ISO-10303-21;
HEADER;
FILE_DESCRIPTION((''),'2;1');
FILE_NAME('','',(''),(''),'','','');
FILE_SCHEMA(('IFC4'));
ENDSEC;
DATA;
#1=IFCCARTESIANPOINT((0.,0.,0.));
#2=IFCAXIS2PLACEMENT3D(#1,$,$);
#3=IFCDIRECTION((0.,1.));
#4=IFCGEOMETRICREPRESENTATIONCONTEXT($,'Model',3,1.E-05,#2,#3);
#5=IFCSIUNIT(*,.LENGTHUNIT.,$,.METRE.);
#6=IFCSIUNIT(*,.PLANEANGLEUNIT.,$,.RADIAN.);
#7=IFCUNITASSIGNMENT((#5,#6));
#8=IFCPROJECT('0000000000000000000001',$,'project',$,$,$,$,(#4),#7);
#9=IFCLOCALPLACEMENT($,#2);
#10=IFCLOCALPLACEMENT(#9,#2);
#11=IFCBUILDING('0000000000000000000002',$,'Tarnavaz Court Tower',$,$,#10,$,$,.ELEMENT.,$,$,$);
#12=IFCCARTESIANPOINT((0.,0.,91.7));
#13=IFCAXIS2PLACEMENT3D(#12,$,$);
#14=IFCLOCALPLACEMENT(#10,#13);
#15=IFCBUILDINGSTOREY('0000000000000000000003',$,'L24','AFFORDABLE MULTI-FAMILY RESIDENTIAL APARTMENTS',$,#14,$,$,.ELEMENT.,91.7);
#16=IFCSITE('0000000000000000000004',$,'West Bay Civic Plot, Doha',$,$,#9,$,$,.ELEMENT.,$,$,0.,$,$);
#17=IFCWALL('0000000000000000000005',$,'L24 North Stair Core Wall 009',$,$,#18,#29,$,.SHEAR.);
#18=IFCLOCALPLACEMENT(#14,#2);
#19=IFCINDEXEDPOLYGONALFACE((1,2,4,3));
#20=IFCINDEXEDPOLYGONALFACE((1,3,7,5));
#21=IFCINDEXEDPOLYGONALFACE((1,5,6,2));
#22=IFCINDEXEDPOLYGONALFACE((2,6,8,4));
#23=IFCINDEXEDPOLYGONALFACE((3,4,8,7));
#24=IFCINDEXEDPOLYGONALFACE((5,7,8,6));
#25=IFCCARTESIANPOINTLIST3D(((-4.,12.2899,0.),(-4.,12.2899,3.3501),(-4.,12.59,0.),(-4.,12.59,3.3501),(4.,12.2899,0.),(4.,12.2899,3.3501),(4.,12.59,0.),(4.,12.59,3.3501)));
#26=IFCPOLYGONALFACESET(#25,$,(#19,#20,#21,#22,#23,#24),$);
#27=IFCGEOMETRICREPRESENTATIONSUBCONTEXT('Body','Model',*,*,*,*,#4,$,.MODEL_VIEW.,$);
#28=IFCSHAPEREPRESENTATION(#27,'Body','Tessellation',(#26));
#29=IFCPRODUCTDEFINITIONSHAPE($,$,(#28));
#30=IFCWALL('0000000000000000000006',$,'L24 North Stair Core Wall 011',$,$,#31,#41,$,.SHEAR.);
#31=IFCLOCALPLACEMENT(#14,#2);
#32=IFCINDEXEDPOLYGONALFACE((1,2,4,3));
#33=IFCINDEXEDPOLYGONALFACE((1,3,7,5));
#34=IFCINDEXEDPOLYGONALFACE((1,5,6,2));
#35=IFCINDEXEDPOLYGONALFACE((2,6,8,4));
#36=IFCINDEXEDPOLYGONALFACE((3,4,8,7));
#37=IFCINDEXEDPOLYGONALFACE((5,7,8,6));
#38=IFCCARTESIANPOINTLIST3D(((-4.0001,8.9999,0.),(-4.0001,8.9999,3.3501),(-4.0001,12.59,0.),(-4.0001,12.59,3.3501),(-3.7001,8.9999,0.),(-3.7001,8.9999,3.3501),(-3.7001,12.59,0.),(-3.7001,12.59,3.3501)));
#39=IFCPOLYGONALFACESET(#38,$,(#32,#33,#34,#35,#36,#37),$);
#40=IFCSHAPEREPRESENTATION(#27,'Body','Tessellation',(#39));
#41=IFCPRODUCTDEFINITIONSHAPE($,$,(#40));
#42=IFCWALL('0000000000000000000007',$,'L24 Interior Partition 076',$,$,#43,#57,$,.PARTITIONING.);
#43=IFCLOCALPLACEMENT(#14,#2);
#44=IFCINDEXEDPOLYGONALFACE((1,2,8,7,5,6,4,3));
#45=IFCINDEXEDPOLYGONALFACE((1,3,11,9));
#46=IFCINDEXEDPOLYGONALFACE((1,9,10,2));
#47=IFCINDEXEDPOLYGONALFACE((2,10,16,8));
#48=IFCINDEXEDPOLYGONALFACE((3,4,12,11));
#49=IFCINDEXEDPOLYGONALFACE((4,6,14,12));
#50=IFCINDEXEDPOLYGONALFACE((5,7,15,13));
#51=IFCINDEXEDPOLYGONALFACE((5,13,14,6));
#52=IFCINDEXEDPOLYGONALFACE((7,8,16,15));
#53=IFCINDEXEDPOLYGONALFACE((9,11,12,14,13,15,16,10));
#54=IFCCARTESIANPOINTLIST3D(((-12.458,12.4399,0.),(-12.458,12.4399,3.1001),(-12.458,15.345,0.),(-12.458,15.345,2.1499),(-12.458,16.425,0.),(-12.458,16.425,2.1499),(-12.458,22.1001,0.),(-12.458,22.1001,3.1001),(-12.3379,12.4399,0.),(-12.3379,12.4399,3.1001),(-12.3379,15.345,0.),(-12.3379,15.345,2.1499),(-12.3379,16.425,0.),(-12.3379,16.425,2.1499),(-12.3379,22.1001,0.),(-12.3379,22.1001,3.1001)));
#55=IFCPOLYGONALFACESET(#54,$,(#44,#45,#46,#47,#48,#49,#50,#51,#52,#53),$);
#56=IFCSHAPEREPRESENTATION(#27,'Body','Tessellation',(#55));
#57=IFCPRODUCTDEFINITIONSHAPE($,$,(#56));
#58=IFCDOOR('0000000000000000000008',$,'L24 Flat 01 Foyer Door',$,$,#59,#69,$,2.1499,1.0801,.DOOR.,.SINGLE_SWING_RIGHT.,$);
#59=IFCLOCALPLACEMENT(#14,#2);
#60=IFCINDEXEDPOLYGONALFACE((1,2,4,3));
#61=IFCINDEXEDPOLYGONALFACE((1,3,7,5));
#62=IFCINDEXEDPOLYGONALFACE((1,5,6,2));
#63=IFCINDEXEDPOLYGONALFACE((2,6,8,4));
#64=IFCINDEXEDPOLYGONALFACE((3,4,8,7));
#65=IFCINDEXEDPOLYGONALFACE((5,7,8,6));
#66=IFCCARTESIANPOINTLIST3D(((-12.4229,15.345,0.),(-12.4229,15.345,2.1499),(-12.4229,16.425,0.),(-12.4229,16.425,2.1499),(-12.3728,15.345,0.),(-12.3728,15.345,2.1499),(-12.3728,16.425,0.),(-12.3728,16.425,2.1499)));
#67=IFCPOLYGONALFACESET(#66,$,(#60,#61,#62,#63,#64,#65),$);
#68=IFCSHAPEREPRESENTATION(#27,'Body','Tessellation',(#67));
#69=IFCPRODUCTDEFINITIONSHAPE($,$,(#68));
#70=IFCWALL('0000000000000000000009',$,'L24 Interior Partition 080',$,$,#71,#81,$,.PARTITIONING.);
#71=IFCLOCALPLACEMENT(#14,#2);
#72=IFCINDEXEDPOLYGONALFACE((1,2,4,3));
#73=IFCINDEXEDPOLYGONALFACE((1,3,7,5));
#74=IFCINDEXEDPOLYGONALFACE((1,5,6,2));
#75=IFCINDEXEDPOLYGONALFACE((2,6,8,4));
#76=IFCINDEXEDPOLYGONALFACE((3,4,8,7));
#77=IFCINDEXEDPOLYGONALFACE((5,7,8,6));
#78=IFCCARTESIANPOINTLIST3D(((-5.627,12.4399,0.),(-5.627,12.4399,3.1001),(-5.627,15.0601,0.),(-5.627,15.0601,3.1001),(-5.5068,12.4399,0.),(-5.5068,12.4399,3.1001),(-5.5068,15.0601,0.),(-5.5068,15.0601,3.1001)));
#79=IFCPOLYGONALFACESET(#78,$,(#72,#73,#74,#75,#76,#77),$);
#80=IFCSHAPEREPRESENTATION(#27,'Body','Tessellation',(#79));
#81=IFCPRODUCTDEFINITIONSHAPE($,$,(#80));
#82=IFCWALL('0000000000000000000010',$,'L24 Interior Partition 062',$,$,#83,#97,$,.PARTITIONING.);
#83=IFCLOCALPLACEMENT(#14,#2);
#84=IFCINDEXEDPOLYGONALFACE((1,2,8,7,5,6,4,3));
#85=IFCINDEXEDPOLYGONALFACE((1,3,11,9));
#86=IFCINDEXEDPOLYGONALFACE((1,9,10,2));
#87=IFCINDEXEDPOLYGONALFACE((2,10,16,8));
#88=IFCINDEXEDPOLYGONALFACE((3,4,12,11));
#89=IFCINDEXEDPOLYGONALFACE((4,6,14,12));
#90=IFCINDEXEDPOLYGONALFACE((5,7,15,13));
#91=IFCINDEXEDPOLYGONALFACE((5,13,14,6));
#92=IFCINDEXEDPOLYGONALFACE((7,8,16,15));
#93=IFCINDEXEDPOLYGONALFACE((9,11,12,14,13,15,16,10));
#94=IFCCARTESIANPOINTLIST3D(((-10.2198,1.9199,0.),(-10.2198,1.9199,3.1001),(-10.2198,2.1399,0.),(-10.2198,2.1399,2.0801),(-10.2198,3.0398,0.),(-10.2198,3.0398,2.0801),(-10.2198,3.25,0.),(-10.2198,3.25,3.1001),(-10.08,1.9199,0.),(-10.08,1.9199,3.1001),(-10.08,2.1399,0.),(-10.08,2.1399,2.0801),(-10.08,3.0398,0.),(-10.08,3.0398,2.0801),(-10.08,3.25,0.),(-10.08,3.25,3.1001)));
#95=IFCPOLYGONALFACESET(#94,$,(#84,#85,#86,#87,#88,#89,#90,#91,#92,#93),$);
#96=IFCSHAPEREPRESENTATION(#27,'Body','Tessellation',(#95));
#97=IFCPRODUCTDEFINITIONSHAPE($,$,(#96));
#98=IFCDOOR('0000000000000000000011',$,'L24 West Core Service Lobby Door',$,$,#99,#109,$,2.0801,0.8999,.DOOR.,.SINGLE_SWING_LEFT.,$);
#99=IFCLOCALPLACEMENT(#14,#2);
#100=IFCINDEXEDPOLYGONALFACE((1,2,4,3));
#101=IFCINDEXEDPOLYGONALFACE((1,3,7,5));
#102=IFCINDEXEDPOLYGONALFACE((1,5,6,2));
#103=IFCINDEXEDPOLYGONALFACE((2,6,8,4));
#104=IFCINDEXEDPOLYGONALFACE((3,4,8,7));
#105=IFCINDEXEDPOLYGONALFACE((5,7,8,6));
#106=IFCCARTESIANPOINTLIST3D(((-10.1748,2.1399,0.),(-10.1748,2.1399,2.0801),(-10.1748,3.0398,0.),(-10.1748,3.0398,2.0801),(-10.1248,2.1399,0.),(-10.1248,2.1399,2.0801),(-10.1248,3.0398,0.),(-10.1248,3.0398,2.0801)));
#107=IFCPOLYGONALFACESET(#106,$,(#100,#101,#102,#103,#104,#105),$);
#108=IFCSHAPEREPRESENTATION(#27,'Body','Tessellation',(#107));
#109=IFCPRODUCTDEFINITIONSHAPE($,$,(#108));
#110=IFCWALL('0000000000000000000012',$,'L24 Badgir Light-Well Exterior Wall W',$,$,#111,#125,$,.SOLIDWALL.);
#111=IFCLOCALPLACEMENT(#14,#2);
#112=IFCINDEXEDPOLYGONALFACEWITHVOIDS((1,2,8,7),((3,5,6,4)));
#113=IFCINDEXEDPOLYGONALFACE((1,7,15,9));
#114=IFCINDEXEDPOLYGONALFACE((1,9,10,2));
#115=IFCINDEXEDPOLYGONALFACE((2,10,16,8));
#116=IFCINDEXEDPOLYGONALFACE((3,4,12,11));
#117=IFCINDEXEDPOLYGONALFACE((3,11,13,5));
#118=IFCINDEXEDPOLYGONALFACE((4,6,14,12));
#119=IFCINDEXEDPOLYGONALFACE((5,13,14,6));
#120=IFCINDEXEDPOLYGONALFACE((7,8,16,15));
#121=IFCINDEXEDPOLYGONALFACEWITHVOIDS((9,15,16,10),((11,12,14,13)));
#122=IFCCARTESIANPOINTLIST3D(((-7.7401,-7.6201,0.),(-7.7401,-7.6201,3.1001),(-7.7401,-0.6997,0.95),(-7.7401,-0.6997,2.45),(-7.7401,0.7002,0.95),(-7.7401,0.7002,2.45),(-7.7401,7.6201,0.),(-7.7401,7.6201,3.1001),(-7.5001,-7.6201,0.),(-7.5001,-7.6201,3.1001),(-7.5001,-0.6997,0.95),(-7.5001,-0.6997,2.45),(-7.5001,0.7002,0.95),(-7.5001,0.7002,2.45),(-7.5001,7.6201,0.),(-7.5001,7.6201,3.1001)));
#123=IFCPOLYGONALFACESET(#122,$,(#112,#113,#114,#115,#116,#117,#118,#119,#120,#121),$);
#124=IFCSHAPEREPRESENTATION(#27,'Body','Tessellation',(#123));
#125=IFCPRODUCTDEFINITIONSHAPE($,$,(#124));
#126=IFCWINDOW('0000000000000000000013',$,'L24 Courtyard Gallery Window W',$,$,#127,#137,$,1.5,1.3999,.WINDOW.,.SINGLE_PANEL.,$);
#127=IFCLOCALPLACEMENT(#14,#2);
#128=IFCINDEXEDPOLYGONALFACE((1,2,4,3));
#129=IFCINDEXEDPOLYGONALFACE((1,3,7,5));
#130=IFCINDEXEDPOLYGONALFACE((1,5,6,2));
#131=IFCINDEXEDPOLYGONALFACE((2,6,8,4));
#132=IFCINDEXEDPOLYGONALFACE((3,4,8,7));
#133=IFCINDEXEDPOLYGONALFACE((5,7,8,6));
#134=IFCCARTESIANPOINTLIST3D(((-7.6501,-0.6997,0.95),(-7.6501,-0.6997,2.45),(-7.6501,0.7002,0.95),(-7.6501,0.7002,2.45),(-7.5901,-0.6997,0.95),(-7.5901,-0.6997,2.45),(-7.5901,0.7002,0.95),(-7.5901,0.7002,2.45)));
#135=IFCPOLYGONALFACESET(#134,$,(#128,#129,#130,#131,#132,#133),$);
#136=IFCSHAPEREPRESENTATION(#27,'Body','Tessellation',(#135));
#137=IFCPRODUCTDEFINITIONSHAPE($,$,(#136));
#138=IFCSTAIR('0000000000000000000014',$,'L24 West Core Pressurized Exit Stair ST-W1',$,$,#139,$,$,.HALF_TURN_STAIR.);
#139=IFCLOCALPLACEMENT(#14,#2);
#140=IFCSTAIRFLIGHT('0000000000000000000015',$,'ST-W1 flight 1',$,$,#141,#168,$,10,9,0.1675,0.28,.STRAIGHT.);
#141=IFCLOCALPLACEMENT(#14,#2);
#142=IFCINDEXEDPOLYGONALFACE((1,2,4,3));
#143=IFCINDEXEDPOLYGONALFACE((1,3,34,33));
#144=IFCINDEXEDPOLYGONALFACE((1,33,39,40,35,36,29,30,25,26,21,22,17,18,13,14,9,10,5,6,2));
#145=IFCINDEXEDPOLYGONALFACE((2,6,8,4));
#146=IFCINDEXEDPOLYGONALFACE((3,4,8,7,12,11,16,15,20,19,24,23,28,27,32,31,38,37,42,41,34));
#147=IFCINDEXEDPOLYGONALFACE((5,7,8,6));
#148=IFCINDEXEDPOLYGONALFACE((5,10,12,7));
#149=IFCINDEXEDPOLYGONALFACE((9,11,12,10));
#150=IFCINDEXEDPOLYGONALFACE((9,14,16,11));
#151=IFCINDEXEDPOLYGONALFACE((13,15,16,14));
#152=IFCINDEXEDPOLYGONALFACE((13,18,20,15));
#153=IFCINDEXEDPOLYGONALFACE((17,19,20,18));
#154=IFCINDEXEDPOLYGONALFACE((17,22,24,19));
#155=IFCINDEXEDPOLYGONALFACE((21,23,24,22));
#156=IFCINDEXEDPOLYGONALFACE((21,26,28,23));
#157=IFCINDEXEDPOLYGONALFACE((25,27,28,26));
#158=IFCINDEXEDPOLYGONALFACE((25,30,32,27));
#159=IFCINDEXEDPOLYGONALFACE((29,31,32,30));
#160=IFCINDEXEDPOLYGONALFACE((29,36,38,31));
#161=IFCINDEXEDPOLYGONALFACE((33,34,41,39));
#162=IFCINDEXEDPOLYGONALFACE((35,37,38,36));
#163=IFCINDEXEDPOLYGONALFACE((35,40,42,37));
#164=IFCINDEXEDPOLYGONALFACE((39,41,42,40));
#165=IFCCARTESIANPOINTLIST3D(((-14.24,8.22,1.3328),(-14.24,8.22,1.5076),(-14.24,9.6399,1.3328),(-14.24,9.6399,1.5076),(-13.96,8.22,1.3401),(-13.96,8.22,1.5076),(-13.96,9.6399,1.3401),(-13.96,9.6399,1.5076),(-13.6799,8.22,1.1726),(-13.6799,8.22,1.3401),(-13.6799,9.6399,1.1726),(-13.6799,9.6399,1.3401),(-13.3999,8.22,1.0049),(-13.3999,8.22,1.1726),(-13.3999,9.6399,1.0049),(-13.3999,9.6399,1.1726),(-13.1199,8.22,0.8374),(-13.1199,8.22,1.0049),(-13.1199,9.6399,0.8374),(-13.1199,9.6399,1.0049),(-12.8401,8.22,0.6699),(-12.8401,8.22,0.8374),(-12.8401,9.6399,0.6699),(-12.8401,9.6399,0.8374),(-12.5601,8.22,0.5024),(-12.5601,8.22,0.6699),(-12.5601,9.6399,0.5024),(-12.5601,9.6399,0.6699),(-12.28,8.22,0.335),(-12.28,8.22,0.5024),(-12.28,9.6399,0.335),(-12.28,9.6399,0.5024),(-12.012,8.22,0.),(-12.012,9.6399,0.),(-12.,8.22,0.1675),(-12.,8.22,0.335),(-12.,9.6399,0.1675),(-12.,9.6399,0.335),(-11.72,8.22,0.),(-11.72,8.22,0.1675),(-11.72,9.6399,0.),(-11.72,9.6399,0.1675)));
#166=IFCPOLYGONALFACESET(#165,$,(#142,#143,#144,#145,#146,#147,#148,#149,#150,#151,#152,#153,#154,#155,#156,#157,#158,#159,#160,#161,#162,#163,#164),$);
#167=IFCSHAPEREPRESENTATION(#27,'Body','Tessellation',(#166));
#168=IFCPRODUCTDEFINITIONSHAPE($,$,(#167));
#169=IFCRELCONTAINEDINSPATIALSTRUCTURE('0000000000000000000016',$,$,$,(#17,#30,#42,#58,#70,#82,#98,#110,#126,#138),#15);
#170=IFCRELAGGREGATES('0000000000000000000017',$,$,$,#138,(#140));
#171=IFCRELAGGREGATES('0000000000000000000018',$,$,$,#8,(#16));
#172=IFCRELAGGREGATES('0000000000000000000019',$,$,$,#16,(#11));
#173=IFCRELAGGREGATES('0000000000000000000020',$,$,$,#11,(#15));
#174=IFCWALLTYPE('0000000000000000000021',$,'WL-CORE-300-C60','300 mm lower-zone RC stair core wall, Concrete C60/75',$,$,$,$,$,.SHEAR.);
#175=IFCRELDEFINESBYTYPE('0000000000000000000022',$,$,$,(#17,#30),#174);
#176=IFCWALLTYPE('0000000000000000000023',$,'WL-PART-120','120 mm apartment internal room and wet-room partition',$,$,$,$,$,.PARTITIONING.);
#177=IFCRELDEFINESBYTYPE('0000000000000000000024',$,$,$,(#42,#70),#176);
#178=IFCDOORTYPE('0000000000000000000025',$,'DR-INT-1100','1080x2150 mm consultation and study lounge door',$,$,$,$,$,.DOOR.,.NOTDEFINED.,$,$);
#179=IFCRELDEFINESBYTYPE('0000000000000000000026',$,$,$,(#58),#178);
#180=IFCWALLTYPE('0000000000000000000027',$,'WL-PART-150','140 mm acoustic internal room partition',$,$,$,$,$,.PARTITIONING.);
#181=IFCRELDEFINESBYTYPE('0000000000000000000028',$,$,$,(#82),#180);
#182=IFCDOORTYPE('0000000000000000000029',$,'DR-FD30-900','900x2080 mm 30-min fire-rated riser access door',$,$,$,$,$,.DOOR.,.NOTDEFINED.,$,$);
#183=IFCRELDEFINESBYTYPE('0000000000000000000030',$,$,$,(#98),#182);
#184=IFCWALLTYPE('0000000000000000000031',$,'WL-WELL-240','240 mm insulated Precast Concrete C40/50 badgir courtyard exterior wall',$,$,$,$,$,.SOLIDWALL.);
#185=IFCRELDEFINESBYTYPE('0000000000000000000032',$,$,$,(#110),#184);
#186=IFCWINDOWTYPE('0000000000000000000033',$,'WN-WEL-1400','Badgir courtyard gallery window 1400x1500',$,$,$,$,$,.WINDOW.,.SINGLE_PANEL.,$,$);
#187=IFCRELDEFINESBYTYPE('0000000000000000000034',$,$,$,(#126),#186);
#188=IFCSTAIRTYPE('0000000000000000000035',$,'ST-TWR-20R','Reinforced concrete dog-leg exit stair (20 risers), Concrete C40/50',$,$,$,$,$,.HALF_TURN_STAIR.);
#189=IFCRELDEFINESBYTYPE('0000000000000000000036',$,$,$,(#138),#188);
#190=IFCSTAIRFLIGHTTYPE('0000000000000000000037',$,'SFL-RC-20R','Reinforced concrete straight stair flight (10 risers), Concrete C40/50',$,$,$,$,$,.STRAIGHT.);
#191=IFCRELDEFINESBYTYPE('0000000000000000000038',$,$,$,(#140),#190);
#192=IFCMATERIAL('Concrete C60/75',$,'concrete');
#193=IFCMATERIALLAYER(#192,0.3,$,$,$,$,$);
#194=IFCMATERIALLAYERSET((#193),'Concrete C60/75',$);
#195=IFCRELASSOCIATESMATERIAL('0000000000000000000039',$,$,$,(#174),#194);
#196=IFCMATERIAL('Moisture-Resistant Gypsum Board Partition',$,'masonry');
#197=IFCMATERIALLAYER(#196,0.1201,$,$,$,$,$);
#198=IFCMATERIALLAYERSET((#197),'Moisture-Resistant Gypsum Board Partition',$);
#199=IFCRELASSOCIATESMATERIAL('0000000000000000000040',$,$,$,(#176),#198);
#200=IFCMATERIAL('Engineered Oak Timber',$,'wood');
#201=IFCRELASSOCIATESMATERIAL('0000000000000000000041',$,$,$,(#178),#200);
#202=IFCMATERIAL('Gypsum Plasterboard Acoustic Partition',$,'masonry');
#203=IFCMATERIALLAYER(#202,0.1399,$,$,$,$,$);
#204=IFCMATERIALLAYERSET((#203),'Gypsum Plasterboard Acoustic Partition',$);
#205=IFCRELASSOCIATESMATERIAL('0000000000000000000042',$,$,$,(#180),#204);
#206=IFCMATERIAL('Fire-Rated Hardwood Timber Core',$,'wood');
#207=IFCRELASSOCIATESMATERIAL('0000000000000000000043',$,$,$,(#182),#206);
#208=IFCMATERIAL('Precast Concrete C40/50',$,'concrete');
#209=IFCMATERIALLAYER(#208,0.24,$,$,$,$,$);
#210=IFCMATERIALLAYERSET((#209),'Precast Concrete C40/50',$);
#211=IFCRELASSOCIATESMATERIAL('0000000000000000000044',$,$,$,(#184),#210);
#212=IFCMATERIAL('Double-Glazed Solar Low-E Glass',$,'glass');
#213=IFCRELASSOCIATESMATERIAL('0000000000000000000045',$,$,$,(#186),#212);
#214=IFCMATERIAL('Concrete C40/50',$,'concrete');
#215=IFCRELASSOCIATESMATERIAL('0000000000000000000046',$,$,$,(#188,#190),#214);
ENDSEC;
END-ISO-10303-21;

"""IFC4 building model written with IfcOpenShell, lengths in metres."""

from ifc_helpers import new_model, si_unit, direction, frame, frame_2d, origin, place, context, subcontext, project, spatial, polyline, rectangle, outline, extrude, material, layer, layer_set, type_object, element, fill, aggregate, save


model = new_model("IFC4")

# Units and contexts
model_context = context("Model", 3, precision=1e-05, world=origin(), true_north=direction((0.0, 1.0)))
body_context = subcontext(model_context, "Body", "Model", "MODEL_VIEW")
ifc_project = project(units=[si_unit("LENGTHUNIT", "METRE"), si_unit("PLANEANGLEUNIT", "RADIAN")], contexts=[model_context])

# Site, building, storey
site_placement = place(None, origin())
site = spatial("IfcSite", under=ifc_project, at=site_placement, Name="West Bay Civic Plot, Doha", CompositionType="ELEMENT", RefElevation=0.0)
building_placement = place(site_placement, origin())
building = spatial("IfcBuilding", under=site, at=building_placement, Name="Tarnavaz Court Tower", CompositionType="ELEMENT")
storey_placement = place(building_placement, frame((0.0, 0.0, 91.7)))
storey = spatial("IfcBuildingStorey", under=building, at=storey_placement, Name="L24", Description="AFFORDABLE MULTI-FAMILY RESIDENTIAL APARTMENTS", CompositionType="ELEMENT", Elevation=91.7)

# Shared definitions
ifc_material_1 = material(Name="Concrete C60/75", Category="concrete")

# Wall
ifc_layer_1 = layer(ifc_material_1, 0.3)
ifc_layer_set_1 = layer_set([ifc_layer_1], Name="Concrete C60/75")
wall_type_1 = type_object("IfcWallType", Name="WL-CORE-300-C60", Description="300 mm lower-zone RC stair core wall, Concrete C60/75", PredefinedType="SHEAR", material=ifc_layer_set_1)
wall_1_placement = place(storey_placement, frame((-4.0, 12.4399, 0.0), z_axis=(0.0, 0.0, 1.0), x_axis=(1.0, 0.0, 0.0)))
element("IfcWall", 1, at=wall_1_placement, inside=storey, type_object=wall_type_1, Name="L24 North Stair Core Wall 009", PredefinedType="SHEAR", context=body_context, shape_type="SweptSolid", body=[
    extrude(rectangle(XDim=8.0, YDim=0.3, at=frame_2d((4.0, 0.0))), origin(), (0.0, 0.0, 1.0), 3.3501),
])

# Shared definitions
ifc_material_2 = material(Name="Fire-Rated Hardwood Timber Core", Category="wood")

# Wall
wall_2_placement = place(storey_placement, frame((-3.8501, 9.0, 0.0), z_axis=(0.0, 0.0, 1.0), x_axis=(0.0, 1.0, 0.0)))
element("IfcWall", 2, at=wall_2_placement, inside=storey, type_object=wall_type_1, Name="L24 North Stair Core Wall 011", PredefinedType="SHEAR", context=body_context, shape_type="SweptSolid", body=[
    extrude(rectangle(XDim=3.5901, YDim=0.3, at=frame_2d((1.7949, 0.0))), origin(), (0.0, 0.0, 1.0), 3.3501),
])

# Wall, opening, door
ifc_material_3 = material(Name="Moisture-Resistant Gypsum Board Partition", Category="masonry")
ifc_layer_2 = layer(ifc_material_3, 0.1201)
ifc_layer_set_2 = layer_set([ifc_layer_2], Name="Moisture-Resistant Gypsum Board Partition")
wall_type_2 = type_object("IfcWallType", Name="WL-PART-120", Description="120 mm apartment internal room and wet-room partition", PredefinedType="PARTITIONING", material=ifc_layer_set_2)
wall_3_placement = place(storey_placement, frame((-12.3979, 12.4399, 0.0), z_axis=(0.0, 0.0, 1.0), x_axis=(0.0, 1.0, 0.0)))
wall_3 = element("IfcWall", 3, at=wall_3_placement, inside=storey, type_object=wall_type_2, Name="L24 Interior Partition 076", PredefinedType="PARTITIONING", context=body_context, shape_type="SweptSolid", body=[
    extrude(rectangle(XDim=9.6602, YDim=0.1201, at=frame_2d((4.8301, 0.0))), origin(), (0.0, 0.0, 1.0), 3.1001),
])
opening_1_placement = place(wall_3_placement, frame((2.905, 0.0, 0.0)))
opening_1 = element("IfcOpeningElement", 4, at=opening_1_placement, cuts=wall_3, PredefinedType="OPENING", context=body_context, shape_type="SweptSolid", body=[
    extrude(rectangle(XDim=1.0801, YDim=2.1499, at=frame_2d((0.54, 1.075))), frame((0.0, 0.0701, 0.0), z_axis=(0.0, -1.0, 0.0), x_axis=(1.0, 0.0, 0.0)), (0.0, 0.0, 1.0), 0.1401),
])
ifc_material_4 = material(Name="Engineered Oak Timber", Category="wood")
door_type_1 = type_object("IfcDoorType", Name="DR-INT-1100", Description="1080x2150 mm consultation and study lounge door", OperationType="NOTDEFINED", PredefinedType="DOOR", material=ifc_material_4)
door_1_placement = place(opening_1_placement, origin())
door_1 = element("IfcDoor", 5, at=door_1_placement, inside=storey, type_object=door_type_1, Name="L24 Flat 01 Foyer Door", OperationType="SINGLE_SWING_RIGHT", OverallHeight=2.1499, OverallWidth=1.0801, PredefinedType="DOOR", context=body_context, shape_type="SweptSolid", body=[
    extrude(rectangle(XDim=1.0801, YDim=2.1499, at=frame_2d((0.54, 1.075))), frame((0.0, 0.0249, 0.0), z_axis=(0.0, -1.0, 0.0), x_axis=(1.0, 0.0, 0.0)), (0.0, 0.0, 1.0), 0.05),
])
fill(opening_1, door_1)

# Wall
wall_4_placement = place(storey_placement, frame((-5.5669, 12.4399, 0.0), z_axis=(0.0, 0.0, 1.0), x_axis=(0.0, 1.0, 0.0)))
element("IfcWall", 6, at=wall_4_placement, inside=storey, type_object=wall_type_2, Name="L24 Interior Partition 080", PredefinedType="PARTITIONING", context=body_context, shape_type="SweptSolid", body=[
    extrude(rectangle(XDim=2.6201, YDim=0.1201, at=frame_2d((1.3101, 0.0))), origin(), (0.0, 0.0, 1.0), 3.1001),
])

# Wall, opening, door
ifc_material_5 = material(Name="Gypsum Plasterboard Acoustic Partition", Category="masonry")
ifc_layer_3 = layer(ifc_material_5, 0.1399)
ifc_layer_set_3 = layer_set([ifc_layer_3], Name="Gypsum Plasterboard Acoustic Partition")
wall_type_3 = type_object("IfcWallType", Name="WL-PART-150", Description="140 mm acoustic internal room partition", PredefinedType="PARTITIONING", material=ifc_layer_set_3)
wall_5_placement = place(storey_placement, frame((-10.1499, 1.9199, 0.0), z_axis=(0.0, 0.0, 1.0), x_axis=(0.0, 1.0, 0.0)))
wall_5 = element("IfcWall", 7, at=wall_5_placement, inside=storey, type_object=wall_type_3, Name="L24 Interior Partition 062", PredefinedType="PARTITIONING", context=body_context, shape_type="SweptSolid", body=[
    extrude(rectangle(XDim=1.3301, YDim=0.1399, at=frame_2d((0.665, 0.0))), origin(), (0.0, 0.0, 1.0), 3.1001),
])
opening_2_placement = place(wall_5_placement, frame((0.22, 0.0, 0.0)))
opening_2 = element("IfcOpeningElement", 8, at=opening_2_placement, cuts=wall_5, PredefinedType="OPENING", context=body_context, shape_type="SweptSolid", body=[
    extrude(rectangle(XDim=0.8999, YDim=2.0801, at=frame_2d((0.45, 1.04))), frame((0.0, 0.0798, 0.0), z_axis=(0.0, -1.0, 0.0), x_axis=(1.0, 0.0, 0.0)), (0.0, 0.0, 1.0), 0.1599),
])
door_type_2 = type_object("IfcDoorType", Name="DR-FD30-900", Description="900x2080 mm 30-min fire-rated riser access door", OperationType="NOTDEFINED", PredefinedType="DOOR", material=ifc_material_2)
door_2_placement = place(opening_2_placement, origin())
door_2 = element("IfcDoor", 9, at=door_2_placement, inside=storey, type_object=door_type_2, Name="L24 West Core Service Lobby Door", OperationType="SINGLE_SWING_LEFT", OverallHeight=2.0801, OverallWidth=0.8999, PredefinedType="DOOR", context=body_context, shape_type="SweptSolid", body=[
    extrude(rectangle(XDim=0.8999, YDim=2.0801, at=frame_2d((0.45, 1.04))), frame((0.0, 0.0249, 0.0), z_axis=(0.0, -1.0, 0.0), x_axis=(1.0, 0.0, 0.0)), (0.0, 0.0, 1.0), 0.05),
])
fill(opening_2, door_2)

# Wall, opening, window
ifc_material_6 = material(Name="Precast Concrete C40/50", Category="concrete")
ifc_layer_4 = layer(ifc_material_6, 0.24)
ifc_layer_set_4 = layer_set([ifc_layer_4], Name="Precast Concrete C40/50")
wall_type_4 = type_object("IfcWallType", Name="WL-WELL-240", Description="240 mm insulated Precast Concrete C40/50 badgir courtyard exterior wall", PredefinedType="SOLIDWALL", material=ifc_layer_set_4)
wall_6_placement = place(storey_placement, frame((-7.6201, 7.6201, 0.0), z_axis=(0.0, 0.0, 1.0), x_axis=(0.0, -1.0, 0.0)))
wall_6 = element("IfcWall", 10, at=wall_6_placement, inside=storey, type_object=wall_type_4, Name="L24 Badgir Light-Well Exterior Wall W", PredefinedType="SOLIDWALL", context=body_context, shape_type="SweptSolid", body=[
    extrude(rectangle(XDim=15.2402, YDim=0.24, at=frame_2d((7.6201, 0.0))), origin(), (0.0, 0.0, 1.0), 3.1001),
])
opening_3_placement = place(wall_6_placement, frame((6.9199, 0.0, 0.95)))
opening_3 = element("IfcOpeningElement", 11, at=opening_3_placement, cuts=wall_6, PredefinedType="OPENING", context=body_context, shape_type="SweptSolid", body=[
    extrude(rectangle(XDim=1.3999, YDim=1.5, at=frame_2d((0.7, 0.75))), frame((0.0, 0.1299, 0.0), z_axis=(0.0, -1.0, 0.0), x_axis=(1.0, 0.0, 0.0)), (0.0, 0.0, 1.0), 0.26),
])
ifc_material_7 = material(Name="Double-Glazed Solar Low-E Glass", Category="glass")
window_type = type_object("IfcWindowType", Name="WN-WEL-1400", Description="Badgir courtyard gallery window 1400x1500", PartitioningType="SINGLE_PANEL", PredefinedType="WINDOW", material=ifc_material_7)
window_placement = place(opening_3_placement, origin())
window = element("IfcWindow", 12, at=window_placement, inside=storey, type_object=window_type, Name="L24 Courtyard Gallery Window W", OverallHeight=1.5, OverallWidth=1.3999, PartitioningType="SINGLE_PANEL", PredefinedType="WINDOW", context=body_context, shape_type="SweptSolid", body=[
    extrude(rectangle(XDim=1.3999, YDim=1.5, at=frame_2d((0.7, 0.75))), frame((0.0, 0.03, 0.0), z_axis=(0.0, -1.0, 0.0), x_axis=(1.0, 0.0, 0.0)), (0.0, 0.0, 1.0), 0.0601),
])
fill(opening_3, window)

# Stair, stair flight
ifc_material_8 = material(Name="Concrete C40/50", Category="concrete")
stair_type = type_object("IfcStairType", Name="ST-TWR-20R", Description="Reinforced concrete dog-leg exit stair (20 risers), Concrete C40/50", PredefinedType="HALF_TURN_STAIR", material=ifc_material_8)
stair_1_placement = place(storey_placement, origin())
stair_1 = element("IfcStair", 13, at=stair_1_placement, inside=storey, type_object=stair_type, Name="L24 West Core Pressurized Exit Stair ST-W1", PredefinedType="HALF_TURN_STAIR")
stair_flight_type = type_object("IfcStairFlightType", Name="SFL-RC-20R", Description="Reinforced concrete straight stair flight (10 risers), Concrete C40/50", PredefinedType="STRAIGHT", material=ifc_material_8)
stair_flight_1_placement = place(storey_placement, frame((-11.72, 8.9299, 0.0), z_axis=(0.0, 0.0, 1.0), x_axis=(-1.0, 0.0, 0.0)))
stair_flight_1 = element("IfcStairFlight", 14, at=stair_flight_1_placement, type_object=stair_flight_type, Name="ST-W1 flight 1", NumberOfRisers=10, NumberOfTreads=9, PredefinedType="STRAIGHT", RiserHeight=0.1675, TreadLength=0.28, context=body_context, shape_type="SweptSolid", body=[
    extrude(outline(polyline([(0.0, 0.0), (0.0, 0.1675), (0.28, 0.1675), (0.28, 0.335), (0.5601, 0.335), (0.5601, 0.5024), (0.8401, 0.5024), (0.8401, 0.6699), (1.1201, 0.6699), (1.1201, 0.8374), (1.3999, 0.8374), (1.3999, 1.0049), (1.6799, 1.0049), (1.6799, 1.1726), (1.96, 1.1726), (1.96, 1.3401), (2.24, 1.3401), (2.24, 1.5076), (2.52, 1.5076), (2.52, 1.675), (2.52, 1.3328), (0.292, 0.0), (0.0, 0.0)])), frame((0.0, 0.71, 0.0), z_axis=(0.0, -1.0, 0.0), x_axis=(1.0, 0.0, 0.0)), (0.0, 0.0, 1.0), 1.4199),
])
aggregate(stair_1, [stair_flight_1])

save(model, "model.ifc")
